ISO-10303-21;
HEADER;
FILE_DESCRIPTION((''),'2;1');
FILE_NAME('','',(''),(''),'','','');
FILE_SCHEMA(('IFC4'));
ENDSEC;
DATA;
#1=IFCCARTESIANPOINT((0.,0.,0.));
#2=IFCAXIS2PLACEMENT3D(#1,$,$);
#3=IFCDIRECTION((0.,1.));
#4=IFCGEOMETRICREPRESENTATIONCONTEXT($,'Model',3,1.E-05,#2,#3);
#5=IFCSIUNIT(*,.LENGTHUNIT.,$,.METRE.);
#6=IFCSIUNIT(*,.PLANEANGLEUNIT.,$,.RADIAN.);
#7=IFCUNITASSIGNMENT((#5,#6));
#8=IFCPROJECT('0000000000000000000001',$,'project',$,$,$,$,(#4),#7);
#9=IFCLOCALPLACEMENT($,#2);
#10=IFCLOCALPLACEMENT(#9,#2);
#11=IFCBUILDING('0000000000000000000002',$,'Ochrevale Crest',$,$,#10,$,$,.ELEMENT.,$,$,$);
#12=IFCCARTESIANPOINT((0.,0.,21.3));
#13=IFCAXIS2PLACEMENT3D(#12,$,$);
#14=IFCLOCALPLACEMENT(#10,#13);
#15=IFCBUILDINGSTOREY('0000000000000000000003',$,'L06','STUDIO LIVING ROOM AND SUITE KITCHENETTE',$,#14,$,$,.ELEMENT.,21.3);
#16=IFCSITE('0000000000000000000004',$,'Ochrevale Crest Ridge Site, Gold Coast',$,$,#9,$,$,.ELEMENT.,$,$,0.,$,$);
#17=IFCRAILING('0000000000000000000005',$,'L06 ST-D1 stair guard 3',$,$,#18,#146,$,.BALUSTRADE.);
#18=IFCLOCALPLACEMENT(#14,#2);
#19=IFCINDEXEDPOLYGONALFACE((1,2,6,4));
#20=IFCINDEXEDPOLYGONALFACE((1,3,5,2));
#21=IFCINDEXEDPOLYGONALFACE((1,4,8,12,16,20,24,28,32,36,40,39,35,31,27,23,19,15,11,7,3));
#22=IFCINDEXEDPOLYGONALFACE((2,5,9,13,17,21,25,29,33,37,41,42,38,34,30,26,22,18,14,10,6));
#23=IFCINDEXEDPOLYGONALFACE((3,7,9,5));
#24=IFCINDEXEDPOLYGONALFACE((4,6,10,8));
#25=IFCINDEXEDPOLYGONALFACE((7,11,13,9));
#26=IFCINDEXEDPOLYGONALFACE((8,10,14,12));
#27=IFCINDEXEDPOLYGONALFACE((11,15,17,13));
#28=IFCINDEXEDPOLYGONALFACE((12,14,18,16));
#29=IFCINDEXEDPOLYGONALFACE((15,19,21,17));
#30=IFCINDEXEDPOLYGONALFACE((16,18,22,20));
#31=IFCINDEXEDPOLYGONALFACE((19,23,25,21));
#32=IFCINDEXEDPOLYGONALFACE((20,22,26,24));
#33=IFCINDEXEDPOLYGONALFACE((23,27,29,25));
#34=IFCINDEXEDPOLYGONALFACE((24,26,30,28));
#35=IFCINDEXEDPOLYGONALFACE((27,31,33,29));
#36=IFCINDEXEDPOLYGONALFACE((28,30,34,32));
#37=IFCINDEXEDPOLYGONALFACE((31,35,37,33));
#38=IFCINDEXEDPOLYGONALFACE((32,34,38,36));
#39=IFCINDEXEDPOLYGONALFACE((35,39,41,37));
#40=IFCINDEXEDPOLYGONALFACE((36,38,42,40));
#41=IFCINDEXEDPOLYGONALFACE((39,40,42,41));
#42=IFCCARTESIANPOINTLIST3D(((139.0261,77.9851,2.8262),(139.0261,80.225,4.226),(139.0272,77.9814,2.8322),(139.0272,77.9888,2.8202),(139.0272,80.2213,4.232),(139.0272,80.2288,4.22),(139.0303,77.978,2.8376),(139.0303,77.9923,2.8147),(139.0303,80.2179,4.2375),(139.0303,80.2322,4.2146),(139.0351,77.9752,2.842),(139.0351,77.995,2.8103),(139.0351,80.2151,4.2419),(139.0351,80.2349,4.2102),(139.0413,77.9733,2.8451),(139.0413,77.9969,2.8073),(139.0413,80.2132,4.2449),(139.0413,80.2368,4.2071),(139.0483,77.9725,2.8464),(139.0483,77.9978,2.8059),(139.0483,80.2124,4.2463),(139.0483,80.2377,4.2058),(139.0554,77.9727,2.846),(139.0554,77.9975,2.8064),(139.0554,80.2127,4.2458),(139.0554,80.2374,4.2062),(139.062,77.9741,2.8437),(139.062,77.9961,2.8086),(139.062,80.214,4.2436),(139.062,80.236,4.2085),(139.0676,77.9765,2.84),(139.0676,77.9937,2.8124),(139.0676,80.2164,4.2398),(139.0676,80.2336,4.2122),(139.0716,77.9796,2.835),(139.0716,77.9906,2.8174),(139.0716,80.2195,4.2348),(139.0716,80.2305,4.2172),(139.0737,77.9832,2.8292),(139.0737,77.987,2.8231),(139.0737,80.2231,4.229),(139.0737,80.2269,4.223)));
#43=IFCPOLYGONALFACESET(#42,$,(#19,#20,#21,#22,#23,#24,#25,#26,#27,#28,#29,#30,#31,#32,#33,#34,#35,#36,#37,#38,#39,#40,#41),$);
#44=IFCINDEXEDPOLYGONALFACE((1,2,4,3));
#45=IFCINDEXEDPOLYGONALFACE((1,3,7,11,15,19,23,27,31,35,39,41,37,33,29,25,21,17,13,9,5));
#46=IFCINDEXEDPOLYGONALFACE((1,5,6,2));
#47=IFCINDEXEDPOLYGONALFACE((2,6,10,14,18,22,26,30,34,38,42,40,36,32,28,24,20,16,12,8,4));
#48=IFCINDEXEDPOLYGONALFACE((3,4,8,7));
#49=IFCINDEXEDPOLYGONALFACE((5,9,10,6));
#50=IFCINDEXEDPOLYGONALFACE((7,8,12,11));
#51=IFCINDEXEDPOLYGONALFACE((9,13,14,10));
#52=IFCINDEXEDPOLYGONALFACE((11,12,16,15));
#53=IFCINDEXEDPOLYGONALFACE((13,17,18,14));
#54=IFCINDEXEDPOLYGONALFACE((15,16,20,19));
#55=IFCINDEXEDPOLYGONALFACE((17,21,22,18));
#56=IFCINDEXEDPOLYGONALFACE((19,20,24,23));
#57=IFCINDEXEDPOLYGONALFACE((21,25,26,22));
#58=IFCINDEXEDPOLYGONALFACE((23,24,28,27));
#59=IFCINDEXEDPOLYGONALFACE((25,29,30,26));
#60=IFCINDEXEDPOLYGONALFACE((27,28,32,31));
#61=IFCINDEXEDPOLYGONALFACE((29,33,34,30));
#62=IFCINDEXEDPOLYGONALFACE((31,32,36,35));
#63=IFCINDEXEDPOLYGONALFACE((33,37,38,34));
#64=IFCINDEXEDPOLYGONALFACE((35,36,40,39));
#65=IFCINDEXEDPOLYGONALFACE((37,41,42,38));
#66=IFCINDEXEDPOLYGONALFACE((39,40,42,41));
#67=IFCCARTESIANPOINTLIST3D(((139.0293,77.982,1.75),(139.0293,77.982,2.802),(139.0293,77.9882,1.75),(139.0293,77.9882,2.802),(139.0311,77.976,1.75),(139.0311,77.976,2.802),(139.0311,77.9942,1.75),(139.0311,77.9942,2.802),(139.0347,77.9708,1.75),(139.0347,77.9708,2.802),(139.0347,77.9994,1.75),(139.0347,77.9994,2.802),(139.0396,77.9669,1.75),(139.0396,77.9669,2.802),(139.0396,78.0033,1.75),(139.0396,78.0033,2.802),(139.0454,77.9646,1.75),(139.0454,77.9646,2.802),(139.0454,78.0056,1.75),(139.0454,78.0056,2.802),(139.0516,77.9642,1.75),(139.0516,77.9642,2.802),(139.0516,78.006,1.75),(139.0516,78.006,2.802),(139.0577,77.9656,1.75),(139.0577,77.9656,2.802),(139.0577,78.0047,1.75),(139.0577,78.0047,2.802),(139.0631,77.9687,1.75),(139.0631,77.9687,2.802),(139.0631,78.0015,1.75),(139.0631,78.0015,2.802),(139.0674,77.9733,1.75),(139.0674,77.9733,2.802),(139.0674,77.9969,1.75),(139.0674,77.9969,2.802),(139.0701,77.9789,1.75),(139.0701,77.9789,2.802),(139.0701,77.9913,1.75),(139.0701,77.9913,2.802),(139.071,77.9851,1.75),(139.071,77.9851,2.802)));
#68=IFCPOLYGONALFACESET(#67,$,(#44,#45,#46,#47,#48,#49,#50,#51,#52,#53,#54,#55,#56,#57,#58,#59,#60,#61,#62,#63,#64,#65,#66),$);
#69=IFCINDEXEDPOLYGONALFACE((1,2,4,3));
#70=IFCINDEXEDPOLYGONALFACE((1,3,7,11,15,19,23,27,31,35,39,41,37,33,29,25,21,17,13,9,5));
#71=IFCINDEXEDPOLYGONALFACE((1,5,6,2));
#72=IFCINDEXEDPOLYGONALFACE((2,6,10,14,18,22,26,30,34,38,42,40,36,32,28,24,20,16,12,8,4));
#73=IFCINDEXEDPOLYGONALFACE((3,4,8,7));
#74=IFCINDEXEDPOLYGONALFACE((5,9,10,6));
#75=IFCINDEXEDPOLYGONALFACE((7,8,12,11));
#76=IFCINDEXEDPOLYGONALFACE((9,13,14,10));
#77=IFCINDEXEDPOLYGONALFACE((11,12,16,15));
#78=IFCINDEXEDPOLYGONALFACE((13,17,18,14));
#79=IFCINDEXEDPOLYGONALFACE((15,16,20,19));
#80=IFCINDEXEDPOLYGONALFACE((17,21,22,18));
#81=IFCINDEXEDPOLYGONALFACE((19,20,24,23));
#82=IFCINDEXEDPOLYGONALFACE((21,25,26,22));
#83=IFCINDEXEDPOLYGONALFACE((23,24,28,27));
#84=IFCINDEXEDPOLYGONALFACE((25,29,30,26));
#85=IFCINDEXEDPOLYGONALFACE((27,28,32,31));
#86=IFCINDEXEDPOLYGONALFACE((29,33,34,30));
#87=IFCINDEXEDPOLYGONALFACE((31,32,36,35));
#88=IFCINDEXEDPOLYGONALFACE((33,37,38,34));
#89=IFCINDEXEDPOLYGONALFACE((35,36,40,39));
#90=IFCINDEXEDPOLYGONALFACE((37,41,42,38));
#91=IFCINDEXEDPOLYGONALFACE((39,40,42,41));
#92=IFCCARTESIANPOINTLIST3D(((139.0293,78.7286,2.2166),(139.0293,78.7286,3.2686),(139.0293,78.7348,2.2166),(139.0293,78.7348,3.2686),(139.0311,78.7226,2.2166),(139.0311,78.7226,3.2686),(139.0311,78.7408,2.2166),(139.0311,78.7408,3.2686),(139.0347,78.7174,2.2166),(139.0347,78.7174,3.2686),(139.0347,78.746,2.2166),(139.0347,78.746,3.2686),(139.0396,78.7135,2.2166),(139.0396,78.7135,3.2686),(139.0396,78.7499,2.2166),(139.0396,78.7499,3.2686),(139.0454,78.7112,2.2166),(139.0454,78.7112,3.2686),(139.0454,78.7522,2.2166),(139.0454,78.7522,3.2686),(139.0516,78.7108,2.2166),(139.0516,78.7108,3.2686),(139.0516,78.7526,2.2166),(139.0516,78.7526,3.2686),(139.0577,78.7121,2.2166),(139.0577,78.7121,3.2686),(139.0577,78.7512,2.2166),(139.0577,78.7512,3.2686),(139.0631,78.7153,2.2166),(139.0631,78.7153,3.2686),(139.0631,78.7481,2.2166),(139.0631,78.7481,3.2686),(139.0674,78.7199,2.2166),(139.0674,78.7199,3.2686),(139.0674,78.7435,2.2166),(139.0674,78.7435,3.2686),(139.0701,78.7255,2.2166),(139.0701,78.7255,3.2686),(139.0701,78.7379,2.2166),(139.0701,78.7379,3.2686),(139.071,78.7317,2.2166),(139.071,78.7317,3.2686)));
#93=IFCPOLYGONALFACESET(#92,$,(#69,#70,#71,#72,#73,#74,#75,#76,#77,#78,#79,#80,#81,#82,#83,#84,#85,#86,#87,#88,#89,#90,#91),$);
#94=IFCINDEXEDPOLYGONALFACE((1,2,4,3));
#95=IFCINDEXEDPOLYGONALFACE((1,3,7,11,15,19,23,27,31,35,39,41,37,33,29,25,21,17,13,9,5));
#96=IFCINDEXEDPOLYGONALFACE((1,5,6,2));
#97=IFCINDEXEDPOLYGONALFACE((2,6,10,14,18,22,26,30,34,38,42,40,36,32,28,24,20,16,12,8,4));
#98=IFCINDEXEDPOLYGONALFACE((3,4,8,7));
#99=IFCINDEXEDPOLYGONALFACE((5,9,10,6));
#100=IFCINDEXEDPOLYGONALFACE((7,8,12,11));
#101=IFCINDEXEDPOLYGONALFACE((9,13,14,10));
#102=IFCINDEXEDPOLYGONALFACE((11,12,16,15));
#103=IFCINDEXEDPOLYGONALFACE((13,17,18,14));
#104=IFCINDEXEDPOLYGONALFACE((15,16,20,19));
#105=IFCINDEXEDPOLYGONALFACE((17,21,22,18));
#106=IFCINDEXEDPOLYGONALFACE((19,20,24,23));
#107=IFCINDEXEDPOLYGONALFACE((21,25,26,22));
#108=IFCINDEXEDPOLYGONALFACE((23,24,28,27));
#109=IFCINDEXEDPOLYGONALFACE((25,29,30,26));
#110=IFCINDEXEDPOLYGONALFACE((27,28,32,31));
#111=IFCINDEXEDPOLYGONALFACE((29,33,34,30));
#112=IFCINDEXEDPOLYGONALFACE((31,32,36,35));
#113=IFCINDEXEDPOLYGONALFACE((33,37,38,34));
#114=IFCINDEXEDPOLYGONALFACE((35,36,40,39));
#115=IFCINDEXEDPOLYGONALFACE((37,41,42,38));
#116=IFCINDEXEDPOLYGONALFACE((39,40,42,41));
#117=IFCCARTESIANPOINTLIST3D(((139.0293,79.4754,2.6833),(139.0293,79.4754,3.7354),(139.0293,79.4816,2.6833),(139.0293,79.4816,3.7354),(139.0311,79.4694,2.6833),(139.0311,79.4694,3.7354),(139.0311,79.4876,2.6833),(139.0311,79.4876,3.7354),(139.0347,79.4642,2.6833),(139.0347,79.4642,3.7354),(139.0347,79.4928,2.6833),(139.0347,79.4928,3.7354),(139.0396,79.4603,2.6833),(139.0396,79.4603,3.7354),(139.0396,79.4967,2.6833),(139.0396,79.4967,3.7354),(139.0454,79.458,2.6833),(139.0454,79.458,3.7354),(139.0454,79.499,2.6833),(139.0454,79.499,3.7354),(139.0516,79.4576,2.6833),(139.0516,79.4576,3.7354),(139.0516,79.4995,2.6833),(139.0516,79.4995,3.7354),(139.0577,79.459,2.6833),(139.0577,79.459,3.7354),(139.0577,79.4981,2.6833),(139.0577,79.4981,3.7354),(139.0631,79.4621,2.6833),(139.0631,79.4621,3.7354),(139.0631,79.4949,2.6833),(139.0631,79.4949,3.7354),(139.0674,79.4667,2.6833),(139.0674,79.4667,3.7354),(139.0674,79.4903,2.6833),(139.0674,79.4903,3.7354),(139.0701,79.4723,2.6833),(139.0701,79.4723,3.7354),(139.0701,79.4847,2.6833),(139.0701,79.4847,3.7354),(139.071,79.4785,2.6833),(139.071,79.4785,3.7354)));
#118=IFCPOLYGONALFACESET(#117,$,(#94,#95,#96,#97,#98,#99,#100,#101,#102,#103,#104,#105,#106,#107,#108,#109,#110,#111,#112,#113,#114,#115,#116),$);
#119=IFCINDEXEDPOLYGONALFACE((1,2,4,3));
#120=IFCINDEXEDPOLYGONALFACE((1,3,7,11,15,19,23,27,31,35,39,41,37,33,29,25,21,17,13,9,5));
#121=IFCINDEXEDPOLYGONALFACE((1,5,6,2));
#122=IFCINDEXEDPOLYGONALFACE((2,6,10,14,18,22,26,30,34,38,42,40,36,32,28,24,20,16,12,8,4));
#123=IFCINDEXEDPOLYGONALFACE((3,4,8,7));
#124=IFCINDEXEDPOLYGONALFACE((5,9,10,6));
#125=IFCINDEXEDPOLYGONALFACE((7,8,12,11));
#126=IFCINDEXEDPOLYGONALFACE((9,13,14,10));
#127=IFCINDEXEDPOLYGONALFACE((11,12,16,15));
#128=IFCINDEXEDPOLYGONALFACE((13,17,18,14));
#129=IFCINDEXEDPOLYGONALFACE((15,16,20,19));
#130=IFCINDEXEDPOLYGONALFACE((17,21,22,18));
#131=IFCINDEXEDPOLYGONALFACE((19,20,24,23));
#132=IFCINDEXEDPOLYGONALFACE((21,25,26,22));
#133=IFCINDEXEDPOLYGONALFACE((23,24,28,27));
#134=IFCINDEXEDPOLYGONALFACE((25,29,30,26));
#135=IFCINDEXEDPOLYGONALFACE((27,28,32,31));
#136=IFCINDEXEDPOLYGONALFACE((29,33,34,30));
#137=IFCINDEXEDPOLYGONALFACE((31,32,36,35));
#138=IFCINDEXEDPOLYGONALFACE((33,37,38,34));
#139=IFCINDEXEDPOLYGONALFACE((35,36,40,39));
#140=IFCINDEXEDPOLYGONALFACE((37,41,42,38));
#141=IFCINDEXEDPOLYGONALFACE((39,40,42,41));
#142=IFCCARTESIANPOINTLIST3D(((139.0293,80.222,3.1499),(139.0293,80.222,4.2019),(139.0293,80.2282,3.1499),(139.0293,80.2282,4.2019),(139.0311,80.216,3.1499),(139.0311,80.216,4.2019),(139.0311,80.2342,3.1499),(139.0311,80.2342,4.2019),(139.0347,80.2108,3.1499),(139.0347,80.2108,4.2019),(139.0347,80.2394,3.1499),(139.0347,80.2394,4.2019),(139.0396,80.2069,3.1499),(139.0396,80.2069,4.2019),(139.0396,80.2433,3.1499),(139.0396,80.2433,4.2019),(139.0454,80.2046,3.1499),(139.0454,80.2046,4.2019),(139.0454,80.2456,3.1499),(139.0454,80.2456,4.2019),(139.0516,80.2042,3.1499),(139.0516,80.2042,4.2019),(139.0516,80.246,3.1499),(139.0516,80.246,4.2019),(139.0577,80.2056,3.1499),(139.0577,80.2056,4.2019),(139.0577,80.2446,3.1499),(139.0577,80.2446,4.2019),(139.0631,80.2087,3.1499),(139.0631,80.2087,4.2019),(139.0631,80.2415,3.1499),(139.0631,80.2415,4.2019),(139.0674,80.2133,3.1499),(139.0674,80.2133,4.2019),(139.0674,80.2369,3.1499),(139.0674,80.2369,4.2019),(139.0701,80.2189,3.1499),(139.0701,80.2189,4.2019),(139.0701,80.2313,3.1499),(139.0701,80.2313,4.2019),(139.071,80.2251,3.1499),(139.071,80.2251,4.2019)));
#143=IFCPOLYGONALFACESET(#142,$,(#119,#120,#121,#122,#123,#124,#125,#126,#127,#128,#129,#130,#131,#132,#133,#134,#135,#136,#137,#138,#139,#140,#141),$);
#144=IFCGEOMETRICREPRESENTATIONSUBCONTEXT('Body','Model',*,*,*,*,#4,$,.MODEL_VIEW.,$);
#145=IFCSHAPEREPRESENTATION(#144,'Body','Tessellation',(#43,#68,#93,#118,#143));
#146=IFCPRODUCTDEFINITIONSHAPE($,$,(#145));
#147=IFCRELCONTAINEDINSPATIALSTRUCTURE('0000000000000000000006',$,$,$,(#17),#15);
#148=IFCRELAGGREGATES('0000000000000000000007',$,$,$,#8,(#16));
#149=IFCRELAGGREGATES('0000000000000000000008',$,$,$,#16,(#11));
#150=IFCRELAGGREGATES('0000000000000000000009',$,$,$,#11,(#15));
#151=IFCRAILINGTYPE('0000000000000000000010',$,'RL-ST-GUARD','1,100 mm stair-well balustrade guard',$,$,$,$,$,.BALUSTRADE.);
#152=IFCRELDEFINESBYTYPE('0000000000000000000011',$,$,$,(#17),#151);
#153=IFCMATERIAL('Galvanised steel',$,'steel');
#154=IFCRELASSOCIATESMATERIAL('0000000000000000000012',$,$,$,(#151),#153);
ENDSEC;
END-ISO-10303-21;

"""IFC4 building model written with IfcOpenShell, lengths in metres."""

from ifc_helpers import new_model, si_unit, direction, frame, origin, origin_2d, place, context, subcontext, project, spatial, circle, extrude, material, type_object, element, save


model = new_model("IFC4")

# Units and contexts
model_context = context("Model", 3, precision=1e-05, world=origin(), true_north=direction((0.0, 1.0)))
body_context = subcontext(model_context, "Body", "Model", "MODEL_VIEW")
ifc_project = project(units=[si_unit("LENGTHUNIT", "METRE"), si_unit("PLANEANGLEUNIT", "RADIAN")], contexts=[model_context])

# Site, building, storey
site_placement = place(None, origin())
site = spatial("IfcSite", under=ifc_project, at=site_placement, Name="Ochrevale Crest Ridge Site, Gold Coast", CompositionType="ELEMENT", RefElevation=0.0)
building_placement = place(site_placement, origin())
building = spatial("IfcBuilding", under=site, at=building_placement, Name="Ochrevale Crest", CompositionType="ELEMENT")
storey_placement = place(building_placement, frame((0.0, 0.0, 21.3)))
storey = spatial("IfcBuildingStorey", under=building, at=storey_placement, Name="L06", Description="STUDIO LIVING ROOM AND SUITE KITCHENETTE", CompositionType="ELEMENT", Elevation=21.3)

# Railing
ifc_material_1 = material(Name="Galvanised steel", Category="steel")
railing_type_1 = type_object("IfcRailingType", Name="RL-ST-GUARD", Description="1,100 mm stair-well balustrade guard", PredefinedType="BALUSTRADE", material=ifc_material_1)
railing_1_placement = place(storey_placement, frame((139.05, 77.9851, 1.75)))
element("IfcRailing", 1, at=railing_1_placement, inside=storey, type_object=railing_type_1, Name="L06 ST-D1 stair guard 3", PredefinedType="BALUSTRADE", context=body_context, shape_type="SweptSolid", body=[
    extrude(circle(Radius=0.0239, at=origin_2d()), frame((0.0, 0.0, 1.0762), z_axis=(0.0, 0.848014, 0.529974), x_axis=(-1.0, 0.0, 0.0)), (0.0, 0.0, 1.0), 2.6414),
    extrude(circle(Radius=0.021, at=origin_2d()), origin(), (0.0, 0.0, 1.0), 1.052),
    extrude(circle(Radius=0.021, at=origin_2d()), frame((0.0, 0.7466, 0.4666)), (0.0, 0.0, 1.0), 1.052),
    extrude(circle(Radius=0.021, at=origin_2d()), frame((0.0, 1.4934, 0.9333)), (0.0, 0.0, 1.0), 1.052),
    extrude(circle(Radius=0.021, at=origin_2d()), frame((0.0, 2.24, 1.3999)), (0.0, 0.0, 1.0), 1.052),
])

save(model, "model.ifc")
